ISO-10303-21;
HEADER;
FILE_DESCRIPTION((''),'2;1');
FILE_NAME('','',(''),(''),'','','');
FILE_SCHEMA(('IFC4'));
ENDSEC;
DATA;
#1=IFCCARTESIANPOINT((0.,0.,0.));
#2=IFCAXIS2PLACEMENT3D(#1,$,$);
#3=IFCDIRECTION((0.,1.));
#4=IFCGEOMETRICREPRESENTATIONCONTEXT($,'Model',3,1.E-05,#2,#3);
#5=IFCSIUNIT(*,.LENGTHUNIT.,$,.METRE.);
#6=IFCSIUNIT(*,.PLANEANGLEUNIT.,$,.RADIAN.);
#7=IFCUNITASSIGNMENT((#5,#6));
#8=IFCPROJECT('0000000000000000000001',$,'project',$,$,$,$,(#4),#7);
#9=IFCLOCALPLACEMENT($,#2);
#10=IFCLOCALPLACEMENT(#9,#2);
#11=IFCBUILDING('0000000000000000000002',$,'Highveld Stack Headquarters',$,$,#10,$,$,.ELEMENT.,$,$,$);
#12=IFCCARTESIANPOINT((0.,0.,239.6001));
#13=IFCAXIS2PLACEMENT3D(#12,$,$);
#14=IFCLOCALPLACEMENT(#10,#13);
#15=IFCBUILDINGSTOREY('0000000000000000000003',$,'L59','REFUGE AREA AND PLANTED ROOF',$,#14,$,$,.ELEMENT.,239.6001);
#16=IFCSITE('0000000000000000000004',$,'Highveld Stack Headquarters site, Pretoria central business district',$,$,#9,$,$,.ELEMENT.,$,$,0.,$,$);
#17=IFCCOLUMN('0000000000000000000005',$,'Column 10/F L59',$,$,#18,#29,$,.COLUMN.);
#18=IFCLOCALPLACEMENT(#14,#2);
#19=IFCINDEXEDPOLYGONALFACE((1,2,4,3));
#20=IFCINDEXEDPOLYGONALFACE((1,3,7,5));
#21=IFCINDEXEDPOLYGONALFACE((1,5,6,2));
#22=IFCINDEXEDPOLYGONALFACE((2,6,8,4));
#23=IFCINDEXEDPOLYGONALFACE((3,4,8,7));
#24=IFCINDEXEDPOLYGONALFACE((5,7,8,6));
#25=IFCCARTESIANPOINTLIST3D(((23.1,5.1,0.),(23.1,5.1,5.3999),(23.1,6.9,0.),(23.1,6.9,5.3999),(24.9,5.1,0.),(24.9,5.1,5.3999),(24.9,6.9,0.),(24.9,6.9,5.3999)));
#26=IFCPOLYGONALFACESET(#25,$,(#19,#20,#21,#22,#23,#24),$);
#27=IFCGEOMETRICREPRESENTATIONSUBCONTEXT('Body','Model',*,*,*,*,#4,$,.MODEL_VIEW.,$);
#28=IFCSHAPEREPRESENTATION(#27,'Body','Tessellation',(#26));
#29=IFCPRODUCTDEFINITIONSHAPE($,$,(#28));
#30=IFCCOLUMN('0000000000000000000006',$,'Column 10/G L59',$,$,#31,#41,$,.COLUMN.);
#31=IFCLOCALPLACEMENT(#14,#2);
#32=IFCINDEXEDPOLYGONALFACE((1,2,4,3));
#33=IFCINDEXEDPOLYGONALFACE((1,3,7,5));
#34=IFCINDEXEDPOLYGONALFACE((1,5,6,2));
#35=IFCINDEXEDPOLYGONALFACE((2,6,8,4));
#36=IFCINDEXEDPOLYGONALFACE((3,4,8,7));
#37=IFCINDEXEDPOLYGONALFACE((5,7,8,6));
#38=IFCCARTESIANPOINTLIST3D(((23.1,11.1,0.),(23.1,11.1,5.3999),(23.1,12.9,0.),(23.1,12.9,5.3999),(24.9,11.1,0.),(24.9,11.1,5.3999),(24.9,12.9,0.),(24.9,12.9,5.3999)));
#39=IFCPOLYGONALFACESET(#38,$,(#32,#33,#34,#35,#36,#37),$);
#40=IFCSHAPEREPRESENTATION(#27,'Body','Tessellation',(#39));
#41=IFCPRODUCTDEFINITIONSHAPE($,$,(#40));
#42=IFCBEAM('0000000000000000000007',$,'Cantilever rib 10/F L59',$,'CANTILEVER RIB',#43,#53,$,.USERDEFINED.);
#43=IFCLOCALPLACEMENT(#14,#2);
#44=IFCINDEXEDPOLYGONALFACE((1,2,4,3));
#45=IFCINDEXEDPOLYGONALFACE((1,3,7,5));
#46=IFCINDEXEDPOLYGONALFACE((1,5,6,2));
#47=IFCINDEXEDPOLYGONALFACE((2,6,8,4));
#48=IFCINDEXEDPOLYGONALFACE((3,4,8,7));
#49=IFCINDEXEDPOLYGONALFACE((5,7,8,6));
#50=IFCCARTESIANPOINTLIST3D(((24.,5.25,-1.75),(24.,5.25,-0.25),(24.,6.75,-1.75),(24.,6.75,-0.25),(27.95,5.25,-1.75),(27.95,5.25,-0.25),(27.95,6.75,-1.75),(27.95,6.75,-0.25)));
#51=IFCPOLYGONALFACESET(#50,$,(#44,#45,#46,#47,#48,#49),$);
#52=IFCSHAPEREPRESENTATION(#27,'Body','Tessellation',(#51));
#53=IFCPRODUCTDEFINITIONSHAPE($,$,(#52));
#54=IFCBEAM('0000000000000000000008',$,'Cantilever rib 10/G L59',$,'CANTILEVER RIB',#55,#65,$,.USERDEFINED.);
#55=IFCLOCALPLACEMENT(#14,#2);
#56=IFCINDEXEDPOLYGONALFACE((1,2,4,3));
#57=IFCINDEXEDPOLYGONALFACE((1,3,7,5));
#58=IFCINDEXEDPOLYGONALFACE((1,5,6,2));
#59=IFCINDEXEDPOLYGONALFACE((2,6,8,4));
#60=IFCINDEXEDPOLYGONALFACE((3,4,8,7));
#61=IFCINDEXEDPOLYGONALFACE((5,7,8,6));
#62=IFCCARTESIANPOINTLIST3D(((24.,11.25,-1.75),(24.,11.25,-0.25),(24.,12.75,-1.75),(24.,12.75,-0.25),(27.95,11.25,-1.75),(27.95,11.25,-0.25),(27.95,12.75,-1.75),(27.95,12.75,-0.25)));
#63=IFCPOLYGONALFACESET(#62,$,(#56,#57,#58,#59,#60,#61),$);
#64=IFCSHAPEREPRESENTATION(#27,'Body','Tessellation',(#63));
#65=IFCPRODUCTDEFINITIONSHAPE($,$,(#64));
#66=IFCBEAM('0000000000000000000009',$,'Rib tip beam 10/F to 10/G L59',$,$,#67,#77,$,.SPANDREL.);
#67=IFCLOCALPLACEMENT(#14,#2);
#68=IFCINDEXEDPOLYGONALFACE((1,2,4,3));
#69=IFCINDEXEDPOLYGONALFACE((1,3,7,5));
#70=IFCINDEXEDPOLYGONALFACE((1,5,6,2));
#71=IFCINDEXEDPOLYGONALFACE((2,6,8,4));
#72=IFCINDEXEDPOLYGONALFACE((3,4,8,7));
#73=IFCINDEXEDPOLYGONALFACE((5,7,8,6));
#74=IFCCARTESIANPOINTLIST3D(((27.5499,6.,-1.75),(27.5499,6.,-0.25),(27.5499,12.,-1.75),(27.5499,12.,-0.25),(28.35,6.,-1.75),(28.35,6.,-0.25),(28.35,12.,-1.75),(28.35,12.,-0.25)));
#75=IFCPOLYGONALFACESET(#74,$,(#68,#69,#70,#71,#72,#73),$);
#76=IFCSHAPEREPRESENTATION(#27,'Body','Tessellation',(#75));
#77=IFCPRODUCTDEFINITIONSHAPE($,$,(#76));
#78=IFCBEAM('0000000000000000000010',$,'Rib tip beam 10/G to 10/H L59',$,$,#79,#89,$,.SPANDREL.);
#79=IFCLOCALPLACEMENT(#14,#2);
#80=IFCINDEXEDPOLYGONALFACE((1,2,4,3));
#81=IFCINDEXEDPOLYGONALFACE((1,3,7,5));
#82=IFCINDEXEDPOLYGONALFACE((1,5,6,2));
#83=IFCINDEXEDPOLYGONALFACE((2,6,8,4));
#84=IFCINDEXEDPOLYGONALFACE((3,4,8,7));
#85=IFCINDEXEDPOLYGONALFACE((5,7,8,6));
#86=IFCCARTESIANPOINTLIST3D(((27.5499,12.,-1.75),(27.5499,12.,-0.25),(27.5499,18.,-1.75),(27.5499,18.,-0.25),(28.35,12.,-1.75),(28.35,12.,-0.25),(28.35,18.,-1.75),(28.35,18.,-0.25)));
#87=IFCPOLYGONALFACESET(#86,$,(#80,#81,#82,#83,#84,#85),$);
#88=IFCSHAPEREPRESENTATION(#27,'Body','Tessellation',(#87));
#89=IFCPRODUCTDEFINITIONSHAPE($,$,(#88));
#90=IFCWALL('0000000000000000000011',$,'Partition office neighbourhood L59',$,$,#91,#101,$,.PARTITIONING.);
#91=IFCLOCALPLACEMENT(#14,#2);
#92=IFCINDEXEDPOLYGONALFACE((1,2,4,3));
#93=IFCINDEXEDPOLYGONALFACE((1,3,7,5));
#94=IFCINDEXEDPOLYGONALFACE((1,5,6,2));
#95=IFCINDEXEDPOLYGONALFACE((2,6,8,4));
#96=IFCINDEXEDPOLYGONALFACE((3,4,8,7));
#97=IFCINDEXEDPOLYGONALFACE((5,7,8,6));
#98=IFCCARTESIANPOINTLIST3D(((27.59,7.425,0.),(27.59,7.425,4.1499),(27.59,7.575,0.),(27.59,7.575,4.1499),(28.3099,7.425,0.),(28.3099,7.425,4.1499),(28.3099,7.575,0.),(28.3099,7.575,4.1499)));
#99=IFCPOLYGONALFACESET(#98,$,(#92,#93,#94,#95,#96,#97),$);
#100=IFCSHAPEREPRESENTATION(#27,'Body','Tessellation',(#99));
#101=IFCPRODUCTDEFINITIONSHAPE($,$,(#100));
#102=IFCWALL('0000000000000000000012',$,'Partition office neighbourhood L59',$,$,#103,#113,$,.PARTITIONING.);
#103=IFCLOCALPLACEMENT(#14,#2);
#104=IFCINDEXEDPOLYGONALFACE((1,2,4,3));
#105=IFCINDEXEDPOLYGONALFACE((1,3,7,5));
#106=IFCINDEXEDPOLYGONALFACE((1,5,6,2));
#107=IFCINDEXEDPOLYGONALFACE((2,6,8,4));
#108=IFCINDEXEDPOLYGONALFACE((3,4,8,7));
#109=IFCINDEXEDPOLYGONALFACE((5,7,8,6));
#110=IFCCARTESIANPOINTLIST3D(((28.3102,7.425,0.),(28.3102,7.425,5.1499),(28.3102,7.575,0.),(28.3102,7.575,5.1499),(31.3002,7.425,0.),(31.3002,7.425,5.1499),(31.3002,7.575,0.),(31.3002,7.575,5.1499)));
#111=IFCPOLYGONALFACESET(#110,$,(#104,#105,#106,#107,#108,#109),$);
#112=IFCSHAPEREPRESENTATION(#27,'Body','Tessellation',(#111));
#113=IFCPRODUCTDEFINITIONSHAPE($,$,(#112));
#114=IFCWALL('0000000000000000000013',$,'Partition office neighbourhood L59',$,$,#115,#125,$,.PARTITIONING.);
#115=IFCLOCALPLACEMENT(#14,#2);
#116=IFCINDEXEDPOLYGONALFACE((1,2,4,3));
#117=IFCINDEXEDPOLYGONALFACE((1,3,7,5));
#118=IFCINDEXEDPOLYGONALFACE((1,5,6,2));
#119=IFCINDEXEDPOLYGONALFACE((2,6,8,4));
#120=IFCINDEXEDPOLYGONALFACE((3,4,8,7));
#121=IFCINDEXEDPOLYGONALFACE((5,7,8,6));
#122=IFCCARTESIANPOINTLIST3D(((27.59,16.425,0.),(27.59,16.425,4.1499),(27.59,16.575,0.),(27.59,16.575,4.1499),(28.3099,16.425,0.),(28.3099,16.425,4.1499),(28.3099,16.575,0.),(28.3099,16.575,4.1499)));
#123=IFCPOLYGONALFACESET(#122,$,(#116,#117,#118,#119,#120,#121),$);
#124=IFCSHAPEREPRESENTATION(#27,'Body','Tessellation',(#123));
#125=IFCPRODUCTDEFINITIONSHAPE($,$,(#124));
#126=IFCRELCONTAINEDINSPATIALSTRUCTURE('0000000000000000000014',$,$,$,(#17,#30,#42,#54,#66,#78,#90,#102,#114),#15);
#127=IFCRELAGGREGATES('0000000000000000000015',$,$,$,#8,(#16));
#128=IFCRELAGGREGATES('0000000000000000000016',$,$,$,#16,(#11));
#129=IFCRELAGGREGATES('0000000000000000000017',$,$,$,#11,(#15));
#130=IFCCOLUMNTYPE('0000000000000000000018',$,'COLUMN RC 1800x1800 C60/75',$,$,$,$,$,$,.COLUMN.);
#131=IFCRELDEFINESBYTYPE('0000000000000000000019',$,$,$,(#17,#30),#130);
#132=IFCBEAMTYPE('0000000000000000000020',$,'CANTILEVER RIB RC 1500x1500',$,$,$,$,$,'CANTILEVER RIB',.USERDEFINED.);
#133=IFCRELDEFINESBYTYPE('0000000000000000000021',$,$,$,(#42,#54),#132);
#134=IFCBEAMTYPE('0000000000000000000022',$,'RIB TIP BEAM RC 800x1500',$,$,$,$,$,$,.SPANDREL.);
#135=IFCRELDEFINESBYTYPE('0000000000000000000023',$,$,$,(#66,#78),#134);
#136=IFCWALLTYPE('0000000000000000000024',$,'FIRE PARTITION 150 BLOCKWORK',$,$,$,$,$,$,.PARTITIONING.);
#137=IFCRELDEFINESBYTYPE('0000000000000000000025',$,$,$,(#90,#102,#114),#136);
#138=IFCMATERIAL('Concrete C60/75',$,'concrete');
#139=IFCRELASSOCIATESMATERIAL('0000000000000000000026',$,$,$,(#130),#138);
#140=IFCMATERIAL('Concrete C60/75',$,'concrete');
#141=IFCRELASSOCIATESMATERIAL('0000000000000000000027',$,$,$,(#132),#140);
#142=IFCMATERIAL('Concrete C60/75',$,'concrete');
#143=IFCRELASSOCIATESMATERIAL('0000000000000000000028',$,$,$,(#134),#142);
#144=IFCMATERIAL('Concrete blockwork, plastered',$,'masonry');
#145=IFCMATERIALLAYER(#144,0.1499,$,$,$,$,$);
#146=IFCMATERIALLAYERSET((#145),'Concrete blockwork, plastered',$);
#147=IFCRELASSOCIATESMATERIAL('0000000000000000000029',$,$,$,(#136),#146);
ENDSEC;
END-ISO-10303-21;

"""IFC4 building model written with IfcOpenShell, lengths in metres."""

from ifc_helpers import new_model, si_unit, direction, frame, frame_2d, origin, origin_2d, place, context, subcontext, project, spatial, rectangle, extrude, material, layer, layer_set, material_profile, profile_set, type_object, element, save


model = new_model("IFC4")

# Units and contexts
model_context = context("Model", 3, precision=1e-05, world=origin(), true_north=direction((0.0, 1.0)))
body_context = subcontext(model_context, "Body", "Model", "MODEL_VIEW")
ifc_project = project(units=[si_unit("LENGTHUNIT", "METRE"), si_unit("PLANEANGLEUNIT", "RADIAN")], contexts=[model_context])

# Site, building, storey
site_placement = place(None, origin())
site = spatial("IfcSite", under=ifc_project, at=site_placement, Name="Highveld Stack Headquarters site, Pretoria central business district", CompositionType="ELEMENT", RefElevation=0.0)
building_placement = place(site_placement, origin())
building = spatial("IfcBuilding", under=site, at=building_placement, Name="Highveld Stack Headquarters", CompositionType="ELEMENT")
storey_placement = place(building_placement, frame((0.0, 0.0, 239.6001)))
storey = spatial("IfcBuildingStorey", under=building, at=storey_placement, Name="L59", Description="REFUGE AREA AND PLANTED ROOF", CompositionType="ELEMENT", Elevation=239.6001)

# Columns
ifc_material_1 = material(Name="Concrete C60/75", Category="concrete")
ifc_material_profile_1 = material_profile(ifc_material_1, rectangle(XDim=1.8, YDim=1.8, at=origin_2d()), Name="RC 1800x1800")
ifc_profile_set_1 = profile_set([ifc_material_profile_1], Name="Concrete C60/75")
column_type = type_object("IfcColumnType", Name="COLUMN RC 1800x1800 C60/75", PredefinedType="COLUMN", material=ifc_profile_set_1)
for number, where, z_axis, x_axis, name in (
    (1, (24.0, 6.0, 0.0), (0.0, 0.0, 1.0), (1.0, 0.0, 0.0), "Column 10/F L59"),
    (2, (24.0, 12.0, 0.0), (0.0, 0.0, 1.0), (1.0, 0.0, 0.0), "Column 10/G L59"),
):
    element("IfcColumn", number, at=place(storey_placement, frame(where, z_axis=z_axis, x_axis=x_axis)), inside=storey, type_object=column_type, Name=name, PredefinedType="COLUMN", context=body_context, shape_type="SweptSolid", body=[
        extrude(rectangle(XDim=1.8, YDim=1.8, at=origin_2d()), origin(), (0.0, 0.0, 1.0), 5.3999),
    ])

# Beams
ifc_material_2 = material(Name="Concrete C60/75", Category="concrete")
ifc_material_profile_2 = material_profile(ifc_material_2, rectangle(XDim=1.5, YDim=1.5, at=origin_2d()), Name="RC 1500x1500")
ifc_profile_set_2 = profile_set([ifc_material_profile_2], Name="Concrete C60/75")
beam_type_1 = type_object("IfcBeamType", Name="CANTILEVER RIB RC 1500x1500", ElementType="CANTILEVER RIB", PredefinedType="USERDEFINED", material=ifc_profile_set_2)
for number, where, z_axis, x_axis, name in (
    (3, (24.0, 6.0, -1.0), (1.0, 0.0, 0.0), (0.0, 1.0, 0.0), "Cantilever rib 10/F L59"),
    (4, (24.0, 12.0, -1.0), (1.0, 0.0, 0.0), (0.0, 1.0, 0.0), "Cantilever rib 10/G L59"),
):
    element("IfcBeam", number, at=place(storey_placement, frame(where, z_axis=z_axis, x_axis=x_axis)), inside=storey, type_object=beam_type_1, Name=name, ObjectType="CANTILEVER RIB", PredefinedType="USERDEFINED", context=body_context, shape_type="SweptSolid", body=[
        extrude(rectangle(XDim=1.5, YDim=1.5, at=origin_2d()), origin(), (0.0, 0.0, 1.0), 3.95),
    ])
ifc_material_3 = material(Name="Concrete C60/75", Category="concrete")
ifc_material_profile_3 = material_profile(ifc_material_3, rectangle(XDim=0.8, YDim=1.5, at=origin_2d()), Name="RC 800x1500")
ifc_profile_set_3 = profile_set([ifc_material_profile_3], Name="Concrete C60/75")
beam_type_2 = type_object("IfcBeamType", Name="RIB TIP BEAM RC 800x1500", PredefinedType="SPANDREL", material=ifc_profile_set_3)
for number, where, z_axis, x_axis, name in (
    (5, (27.95, 6.0, -1.0), (0.0, 1.0, 0.0), (-1.0, 0.0, 0.0), "Rib tip beam 10/F to 10/G L59"),
    (6, (27.95, 12.0, -1.0), (0.0, 1.0, 0.0), (-1.0, 0.0, 0.0), "Rib tip beam 10/G to 10/H L59"),
):
    element("IfcBeam", number, at=place(storey_placement, frame(where, z_axis=z_axis, x_axis=x_axis)), inside=storey, type_object=beam_type_2, Name=name, PredefinedType="SPANDREL", context=body_context, shape_type="SweptSolid", body=[
        extrude(rectangle(XDim=0.8, YDim=1.5, at=origin_2d()), origin(), (0.0, 0.0, 1.0), 6.0),
    ])

# Walls
ifc_material_4 = material(Name="Concrete blockwork, plastered", Category="masonry")
ifc_layer = layer(ifc_material_4, 0.1499)
ifc_layer_set = layer_set([ifc_layer], Name="Concrete blockwork, plastered")
wall_type = type_object("IfcWallType", Name="FIRE PARTITION 150 BLOCKWORK", PredefinedType="PARTITIONING", material=ifc_layer_set)
wall_1_placement = place(storey_placement, frame((27.5901, 7.5, 0.0), z_axis=(0.0, 0.0, 1.0), x_axis=(1.0, 0.0, 0.0)))
element("IfcWall", 7, at=wall_1_placement, inside=storey, type_object=wall_type, Name="Partition office neighbourhood L59", PredefinedType="PARTITIONING", context=body_context, shape_type="SweptSolid", body=[
    extrude(rectangle(XDim=0.72, YDim=0.1499, at=frame_2d((0.3599, 0.0))), origin(), (0.0, 0.0, 1.0), 4.1499),
])
wall_2_placement = place(storey_placement, frame((28.3101, 7.5, 0.0), z_axis=(0.0, 0.0, 1.0), x_axis=(1.0, 0.0, 0.0)))
element("IfcWall", 8, at=wall_2_placement, inside=storey, type_object=wall_type, Name="Partition office neighbourhood L59", PredefinedType="PARTITIONING", context=body_context, shape_type="SweptSolid", body=[
    extrude(rectangle(XDim=2.99, YDim=0.1499, at=frame_2d((1.4951, 0.0))), origin(), (0.0, 0.0, 1.0), 5.1499),
])
wall_3_placement = place(storey_placement, frame((27.5901, 16.5, 0.0), z_axis=(0.0, 0.0, 1.0), x_axis=(1.0, 0.0, 0.0)))
element("IfcWall", 9, at=wall_3_placement, inside=storey, type_object=wall_type, Name="Partition office neighbourhood L59", PredefinedType="PARTITIONING", context=body_context, shape_type="SweptSolid", body=[
    extrude(rectangle(XDim=0.72, YDim=0.1499, at=frame_2d((0.3599, 0.0))), origin(), (0.0, 0.0, 1.0), 4.1499),
])

save(model, "model.ifc")
